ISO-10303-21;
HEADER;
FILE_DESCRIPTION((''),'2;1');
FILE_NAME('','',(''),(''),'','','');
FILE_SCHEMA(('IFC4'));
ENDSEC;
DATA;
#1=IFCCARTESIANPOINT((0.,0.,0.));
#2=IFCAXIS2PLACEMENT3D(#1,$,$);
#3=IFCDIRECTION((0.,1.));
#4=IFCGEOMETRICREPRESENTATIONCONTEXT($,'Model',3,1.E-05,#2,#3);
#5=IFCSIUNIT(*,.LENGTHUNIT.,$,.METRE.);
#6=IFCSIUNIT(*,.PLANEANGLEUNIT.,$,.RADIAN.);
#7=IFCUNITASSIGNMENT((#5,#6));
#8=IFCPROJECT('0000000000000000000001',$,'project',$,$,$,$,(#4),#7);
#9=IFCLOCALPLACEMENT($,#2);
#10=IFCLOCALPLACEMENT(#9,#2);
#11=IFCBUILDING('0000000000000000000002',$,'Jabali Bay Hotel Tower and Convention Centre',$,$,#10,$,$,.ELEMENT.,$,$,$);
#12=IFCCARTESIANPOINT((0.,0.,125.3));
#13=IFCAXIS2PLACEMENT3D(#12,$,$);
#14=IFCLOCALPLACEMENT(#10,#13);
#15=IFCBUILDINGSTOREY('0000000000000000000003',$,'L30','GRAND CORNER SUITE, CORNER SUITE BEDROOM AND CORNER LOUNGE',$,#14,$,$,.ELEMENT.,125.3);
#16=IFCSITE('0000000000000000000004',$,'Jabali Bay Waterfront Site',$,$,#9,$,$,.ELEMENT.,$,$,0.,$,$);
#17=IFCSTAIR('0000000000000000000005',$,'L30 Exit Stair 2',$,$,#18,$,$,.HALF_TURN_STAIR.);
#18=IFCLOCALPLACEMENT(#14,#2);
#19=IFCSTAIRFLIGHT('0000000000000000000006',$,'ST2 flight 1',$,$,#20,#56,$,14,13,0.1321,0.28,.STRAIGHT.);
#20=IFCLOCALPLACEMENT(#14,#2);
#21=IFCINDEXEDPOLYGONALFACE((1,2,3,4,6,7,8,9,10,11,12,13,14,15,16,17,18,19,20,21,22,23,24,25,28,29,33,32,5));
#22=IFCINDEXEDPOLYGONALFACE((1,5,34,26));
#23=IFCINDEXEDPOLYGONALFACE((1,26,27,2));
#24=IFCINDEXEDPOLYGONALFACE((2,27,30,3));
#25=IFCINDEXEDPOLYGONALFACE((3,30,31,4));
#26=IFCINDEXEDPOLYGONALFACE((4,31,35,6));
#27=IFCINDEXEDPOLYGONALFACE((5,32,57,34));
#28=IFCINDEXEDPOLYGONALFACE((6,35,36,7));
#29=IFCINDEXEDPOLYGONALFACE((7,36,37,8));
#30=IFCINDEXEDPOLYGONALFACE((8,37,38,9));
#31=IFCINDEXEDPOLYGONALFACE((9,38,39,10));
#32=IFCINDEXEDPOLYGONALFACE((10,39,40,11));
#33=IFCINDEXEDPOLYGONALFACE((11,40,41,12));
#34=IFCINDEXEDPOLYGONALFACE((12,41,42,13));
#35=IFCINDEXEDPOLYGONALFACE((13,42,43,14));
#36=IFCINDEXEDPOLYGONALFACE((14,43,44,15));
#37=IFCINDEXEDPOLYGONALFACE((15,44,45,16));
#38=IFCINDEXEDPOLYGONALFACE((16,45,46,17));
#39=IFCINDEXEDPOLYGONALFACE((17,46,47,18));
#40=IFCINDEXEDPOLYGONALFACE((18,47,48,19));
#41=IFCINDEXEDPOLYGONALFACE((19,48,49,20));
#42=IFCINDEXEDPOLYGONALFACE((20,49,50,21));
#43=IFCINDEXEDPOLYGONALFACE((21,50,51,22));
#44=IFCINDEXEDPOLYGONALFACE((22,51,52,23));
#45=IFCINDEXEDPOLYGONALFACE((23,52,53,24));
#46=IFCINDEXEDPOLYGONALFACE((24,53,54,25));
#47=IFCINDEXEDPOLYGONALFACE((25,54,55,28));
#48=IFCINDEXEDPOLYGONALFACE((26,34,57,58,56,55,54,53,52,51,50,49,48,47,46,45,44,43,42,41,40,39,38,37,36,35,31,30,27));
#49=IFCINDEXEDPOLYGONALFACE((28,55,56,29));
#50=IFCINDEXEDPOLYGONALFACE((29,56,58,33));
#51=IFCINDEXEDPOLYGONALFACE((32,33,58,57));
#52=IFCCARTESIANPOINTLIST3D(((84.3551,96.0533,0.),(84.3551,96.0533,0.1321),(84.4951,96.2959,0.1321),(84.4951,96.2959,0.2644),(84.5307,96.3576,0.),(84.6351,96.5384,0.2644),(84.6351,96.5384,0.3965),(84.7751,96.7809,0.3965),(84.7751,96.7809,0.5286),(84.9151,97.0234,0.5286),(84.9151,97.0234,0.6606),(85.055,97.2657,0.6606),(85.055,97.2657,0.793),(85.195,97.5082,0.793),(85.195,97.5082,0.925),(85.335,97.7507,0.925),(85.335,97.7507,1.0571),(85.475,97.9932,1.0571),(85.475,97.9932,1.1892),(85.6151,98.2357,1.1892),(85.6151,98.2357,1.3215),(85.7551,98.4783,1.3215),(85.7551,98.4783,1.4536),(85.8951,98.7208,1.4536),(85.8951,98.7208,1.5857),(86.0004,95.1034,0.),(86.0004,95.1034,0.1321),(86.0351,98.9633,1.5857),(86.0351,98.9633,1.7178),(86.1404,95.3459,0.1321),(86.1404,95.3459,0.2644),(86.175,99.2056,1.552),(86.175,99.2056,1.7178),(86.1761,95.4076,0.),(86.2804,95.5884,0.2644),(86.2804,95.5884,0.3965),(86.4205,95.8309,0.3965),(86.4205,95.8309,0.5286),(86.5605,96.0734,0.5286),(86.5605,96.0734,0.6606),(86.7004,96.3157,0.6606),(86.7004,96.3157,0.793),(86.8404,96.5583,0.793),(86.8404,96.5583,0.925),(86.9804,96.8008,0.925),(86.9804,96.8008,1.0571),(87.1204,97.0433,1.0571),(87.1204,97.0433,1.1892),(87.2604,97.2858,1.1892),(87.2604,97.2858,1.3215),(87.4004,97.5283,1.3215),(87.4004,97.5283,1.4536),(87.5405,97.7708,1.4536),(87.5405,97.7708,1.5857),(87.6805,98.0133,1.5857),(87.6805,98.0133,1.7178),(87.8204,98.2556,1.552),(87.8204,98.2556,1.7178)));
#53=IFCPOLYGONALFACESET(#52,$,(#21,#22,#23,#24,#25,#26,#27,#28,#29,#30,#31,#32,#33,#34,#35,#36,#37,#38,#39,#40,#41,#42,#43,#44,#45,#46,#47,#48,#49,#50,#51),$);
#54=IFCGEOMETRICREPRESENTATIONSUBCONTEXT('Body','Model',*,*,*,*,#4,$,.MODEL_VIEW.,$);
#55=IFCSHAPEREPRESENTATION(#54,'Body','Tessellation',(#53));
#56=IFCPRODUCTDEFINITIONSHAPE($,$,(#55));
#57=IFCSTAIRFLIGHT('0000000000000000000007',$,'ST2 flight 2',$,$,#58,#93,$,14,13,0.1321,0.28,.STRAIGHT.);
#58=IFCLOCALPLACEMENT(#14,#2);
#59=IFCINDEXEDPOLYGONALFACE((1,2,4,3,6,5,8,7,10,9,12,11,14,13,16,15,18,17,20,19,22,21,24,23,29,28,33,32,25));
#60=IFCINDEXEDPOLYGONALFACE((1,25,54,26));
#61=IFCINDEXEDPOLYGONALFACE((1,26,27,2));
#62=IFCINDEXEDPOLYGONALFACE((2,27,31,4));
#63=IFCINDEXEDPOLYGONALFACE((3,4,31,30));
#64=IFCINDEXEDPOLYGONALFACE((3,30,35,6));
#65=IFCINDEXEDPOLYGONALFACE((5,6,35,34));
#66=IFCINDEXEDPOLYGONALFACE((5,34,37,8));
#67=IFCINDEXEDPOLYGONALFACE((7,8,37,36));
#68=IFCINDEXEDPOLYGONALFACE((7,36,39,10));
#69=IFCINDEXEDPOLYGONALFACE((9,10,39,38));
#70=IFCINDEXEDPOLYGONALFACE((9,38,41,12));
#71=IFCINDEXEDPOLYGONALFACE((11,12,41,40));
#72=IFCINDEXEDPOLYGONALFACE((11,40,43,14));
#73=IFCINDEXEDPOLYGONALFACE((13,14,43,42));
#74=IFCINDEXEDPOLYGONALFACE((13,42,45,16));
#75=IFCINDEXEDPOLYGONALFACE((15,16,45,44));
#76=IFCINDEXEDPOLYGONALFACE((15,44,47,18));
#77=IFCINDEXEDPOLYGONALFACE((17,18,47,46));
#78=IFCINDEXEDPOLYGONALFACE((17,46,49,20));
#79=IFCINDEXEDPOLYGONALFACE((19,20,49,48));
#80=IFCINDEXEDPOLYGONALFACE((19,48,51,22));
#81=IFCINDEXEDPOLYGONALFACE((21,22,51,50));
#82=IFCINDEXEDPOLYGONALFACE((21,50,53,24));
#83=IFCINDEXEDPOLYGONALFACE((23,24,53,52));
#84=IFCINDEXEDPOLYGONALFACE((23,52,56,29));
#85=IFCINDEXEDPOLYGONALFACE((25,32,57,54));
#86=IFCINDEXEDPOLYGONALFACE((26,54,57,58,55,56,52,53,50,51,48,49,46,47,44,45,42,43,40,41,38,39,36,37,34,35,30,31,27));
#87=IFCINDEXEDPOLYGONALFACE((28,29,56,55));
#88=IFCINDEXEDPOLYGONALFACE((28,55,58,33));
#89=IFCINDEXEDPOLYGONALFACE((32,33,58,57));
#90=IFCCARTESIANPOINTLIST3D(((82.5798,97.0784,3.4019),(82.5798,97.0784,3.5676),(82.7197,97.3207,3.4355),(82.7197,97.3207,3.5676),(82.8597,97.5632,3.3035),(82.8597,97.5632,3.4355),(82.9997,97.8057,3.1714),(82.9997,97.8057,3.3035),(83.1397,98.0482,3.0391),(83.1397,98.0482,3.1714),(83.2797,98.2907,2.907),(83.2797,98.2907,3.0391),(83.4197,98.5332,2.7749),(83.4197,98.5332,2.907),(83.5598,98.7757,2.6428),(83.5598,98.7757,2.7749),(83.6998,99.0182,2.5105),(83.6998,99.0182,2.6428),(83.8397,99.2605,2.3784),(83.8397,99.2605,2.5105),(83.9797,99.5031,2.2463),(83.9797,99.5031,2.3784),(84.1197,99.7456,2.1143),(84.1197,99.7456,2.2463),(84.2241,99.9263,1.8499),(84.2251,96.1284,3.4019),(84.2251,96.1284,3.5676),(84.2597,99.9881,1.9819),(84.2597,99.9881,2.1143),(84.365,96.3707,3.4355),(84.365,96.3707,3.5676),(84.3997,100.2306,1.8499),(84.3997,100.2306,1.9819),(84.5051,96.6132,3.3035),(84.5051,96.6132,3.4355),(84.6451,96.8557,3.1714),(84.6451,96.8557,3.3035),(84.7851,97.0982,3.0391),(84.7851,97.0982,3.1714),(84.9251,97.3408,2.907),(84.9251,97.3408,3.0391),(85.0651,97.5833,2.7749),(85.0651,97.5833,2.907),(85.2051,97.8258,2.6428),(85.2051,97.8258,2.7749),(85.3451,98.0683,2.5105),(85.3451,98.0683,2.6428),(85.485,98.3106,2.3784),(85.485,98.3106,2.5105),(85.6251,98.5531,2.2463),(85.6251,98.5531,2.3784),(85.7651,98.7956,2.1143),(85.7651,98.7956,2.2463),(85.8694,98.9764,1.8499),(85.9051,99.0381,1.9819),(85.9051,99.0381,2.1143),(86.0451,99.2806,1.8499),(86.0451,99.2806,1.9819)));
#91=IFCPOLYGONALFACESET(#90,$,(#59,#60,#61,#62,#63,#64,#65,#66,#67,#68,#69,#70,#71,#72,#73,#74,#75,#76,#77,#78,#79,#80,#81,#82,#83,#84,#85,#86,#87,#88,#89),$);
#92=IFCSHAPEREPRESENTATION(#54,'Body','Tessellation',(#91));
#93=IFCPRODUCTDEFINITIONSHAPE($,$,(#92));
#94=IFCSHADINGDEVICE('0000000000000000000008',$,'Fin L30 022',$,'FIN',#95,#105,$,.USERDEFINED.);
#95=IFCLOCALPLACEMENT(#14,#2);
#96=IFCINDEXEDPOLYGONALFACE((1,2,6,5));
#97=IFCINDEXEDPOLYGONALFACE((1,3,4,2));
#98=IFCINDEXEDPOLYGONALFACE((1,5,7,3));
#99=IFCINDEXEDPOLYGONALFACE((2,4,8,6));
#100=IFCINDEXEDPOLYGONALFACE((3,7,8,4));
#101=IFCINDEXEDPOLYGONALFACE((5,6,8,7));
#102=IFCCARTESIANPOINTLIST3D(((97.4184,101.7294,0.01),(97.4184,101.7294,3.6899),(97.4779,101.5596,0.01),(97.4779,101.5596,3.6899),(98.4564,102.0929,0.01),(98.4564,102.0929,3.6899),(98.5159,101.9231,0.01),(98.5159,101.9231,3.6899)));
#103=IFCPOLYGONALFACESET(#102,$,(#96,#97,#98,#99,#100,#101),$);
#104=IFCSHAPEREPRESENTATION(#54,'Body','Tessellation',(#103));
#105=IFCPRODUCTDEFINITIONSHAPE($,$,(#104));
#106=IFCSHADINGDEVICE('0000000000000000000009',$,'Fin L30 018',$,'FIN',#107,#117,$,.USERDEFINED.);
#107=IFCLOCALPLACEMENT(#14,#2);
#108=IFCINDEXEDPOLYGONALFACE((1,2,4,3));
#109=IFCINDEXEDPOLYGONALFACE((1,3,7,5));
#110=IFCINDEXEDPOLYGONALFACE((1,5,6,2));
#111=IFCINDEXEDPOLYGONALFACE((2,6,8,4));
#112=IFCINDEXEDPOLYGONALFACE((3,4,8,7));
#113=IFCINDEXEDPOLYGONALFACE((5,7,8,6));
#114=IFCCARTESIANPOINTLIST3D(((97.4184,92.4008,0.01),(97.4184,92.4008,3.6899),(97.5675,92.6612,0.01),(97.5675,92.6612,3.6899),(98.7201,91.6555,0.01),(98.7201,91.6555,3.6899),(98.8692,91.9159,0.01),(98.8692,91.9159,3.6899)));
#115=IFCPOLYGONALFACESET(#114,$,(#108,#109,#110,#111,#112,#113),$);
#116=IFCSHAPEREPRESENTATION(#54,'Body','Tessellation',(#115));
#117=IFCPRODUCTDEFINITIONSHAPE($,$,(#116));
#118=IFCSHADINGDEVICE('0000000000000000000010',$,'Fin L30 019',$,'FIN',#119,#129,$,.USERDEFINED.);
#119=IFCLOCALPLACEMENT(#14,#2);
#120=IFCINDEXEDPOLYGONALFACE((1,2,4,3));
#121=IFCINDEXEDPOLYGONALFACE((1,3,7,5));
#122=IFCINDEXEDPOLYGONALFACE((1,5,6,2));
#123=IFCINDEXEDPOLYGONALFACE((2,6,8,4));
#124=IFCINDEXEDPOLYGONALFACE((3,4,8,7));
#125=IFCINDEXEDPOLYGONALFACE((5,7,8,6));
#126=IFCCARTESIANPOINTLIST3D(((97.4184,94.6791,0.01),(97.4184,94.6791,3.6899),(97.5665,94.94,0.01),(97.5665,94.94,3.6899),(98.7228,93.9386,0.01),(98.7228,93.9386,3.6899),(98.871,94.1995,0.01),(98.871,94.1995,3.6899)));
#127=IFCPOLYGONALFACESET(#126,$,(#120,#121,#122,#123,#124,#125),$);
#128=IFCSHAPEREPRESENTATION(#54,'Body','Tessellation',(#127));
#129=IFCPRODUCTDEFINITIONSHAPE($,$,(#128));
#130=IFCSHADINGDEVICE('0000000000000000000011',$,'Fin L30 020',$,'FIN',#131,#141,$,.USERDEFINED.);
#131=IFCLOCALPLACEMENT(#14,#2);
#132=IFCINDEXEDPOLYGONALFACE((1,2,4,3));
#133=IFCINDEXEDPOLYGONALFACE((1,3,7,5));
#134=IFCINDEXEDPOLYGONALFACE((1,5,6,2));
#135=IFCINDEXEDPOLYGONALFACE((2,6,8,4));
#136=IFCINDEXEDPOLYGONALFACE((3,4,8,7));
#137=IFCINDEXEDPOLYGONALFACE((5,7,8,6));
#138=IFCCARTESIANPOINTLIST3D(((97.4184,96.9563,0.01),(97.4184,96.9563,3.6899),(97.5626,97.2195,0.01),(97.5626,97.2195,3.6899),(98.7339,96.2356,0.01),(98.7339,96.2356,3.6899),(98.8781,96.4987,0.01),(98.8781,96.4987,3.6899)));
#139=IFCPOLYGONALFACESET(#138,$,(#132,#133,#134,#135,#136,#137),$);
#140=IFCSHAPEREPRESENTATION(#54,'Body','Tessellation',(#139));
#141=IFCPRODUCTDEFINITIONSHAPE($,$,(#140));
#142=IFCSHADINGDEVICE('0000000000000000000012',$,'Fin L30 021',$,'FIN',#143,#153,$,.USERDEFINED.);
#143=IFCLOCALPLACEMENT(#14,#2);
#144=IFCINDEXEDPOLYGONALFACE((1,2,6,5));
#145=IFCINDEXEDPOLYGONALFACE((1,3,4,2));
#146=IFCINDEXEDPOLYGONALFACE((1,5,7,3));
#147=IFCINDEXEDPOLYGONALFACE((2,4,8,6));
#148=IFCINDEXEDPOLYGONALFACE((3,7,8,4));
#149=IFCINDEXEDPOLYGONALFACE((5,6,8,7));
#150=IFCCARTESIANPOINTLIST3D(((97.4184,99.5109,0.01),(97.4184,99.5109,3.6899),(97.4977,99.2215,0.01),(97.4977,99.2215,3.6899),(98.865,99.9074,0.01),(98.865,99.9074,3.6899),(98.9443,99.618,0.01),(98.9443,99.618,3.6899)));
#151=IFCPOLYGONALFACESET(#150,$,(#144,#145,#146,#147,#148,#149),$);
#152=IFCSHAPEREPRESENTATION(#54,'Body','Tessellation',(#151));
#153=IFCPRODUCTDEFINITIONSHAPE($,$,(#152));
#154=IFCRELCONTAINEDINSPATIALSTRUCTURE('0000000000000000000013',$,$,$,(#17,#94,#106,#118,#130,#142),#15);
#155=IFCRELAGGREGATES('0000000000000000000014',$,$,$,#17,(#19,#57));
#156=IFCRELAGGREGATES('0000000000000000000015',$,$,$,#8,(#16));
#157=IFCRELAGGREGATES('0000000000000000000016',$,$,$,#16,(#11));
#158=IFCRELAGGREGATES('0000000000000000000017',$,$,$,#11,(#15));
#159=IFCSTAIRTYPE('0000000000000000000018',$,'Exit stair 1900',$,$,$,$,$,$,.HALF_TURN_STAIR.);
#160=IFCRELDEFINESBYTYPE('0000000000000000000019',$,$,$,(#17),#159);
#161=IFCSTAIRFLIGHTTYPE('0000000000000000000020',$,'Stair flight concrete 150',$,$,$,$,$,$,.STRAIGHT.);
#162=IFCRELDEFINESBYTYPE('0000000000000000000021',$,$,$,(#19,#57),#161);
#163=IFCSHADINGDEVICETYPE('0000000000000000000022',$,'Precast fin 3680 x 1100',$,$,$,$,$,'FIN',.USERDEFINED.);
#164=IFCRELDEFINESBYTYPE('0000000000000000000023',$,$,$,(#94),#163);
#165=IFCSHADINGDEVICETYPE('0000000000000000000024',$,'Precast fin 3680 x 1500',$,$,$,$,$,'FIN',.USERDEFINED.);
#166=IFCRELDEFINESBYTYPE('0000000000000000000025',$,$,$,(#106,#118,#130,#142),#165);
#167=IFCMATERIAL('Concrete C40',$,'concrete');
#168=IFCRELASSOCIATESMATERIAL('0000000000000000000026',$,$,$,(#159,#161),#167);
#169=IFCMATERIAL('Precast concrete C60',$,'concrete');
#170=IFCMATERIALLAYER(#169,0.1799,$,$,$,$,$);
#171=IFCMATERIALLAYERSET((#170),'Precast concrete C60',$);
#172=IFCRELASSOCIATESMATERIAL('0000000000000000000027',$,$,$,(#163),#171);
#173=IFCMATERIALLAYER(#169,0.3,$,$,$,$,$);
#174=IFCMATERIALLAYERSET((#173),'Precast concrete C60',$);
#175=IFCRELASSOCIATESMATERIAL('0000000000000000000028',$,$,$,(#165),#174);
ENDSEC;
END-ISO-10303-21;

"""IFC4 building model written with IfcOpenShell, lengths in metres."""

from ifc_helpers import new_model, si_unit, direction, frame, frame_2d, origin, place, context, subcontext, project, spatial, polyline, rectangle, outline, extrude, material, layer, layer_set, type_object, element, aggregate, save


model = new_model("IFC4")

# Units and contexts
model_context = context("Model", 3, precision=1e-05, world=origin(), true_north=direction((0.0, 1.0)))
body_context = subcontext(model_context, "Body", "Model", "MODEL_VIEW")
ifc_project = project(units=[si_unit("LENGTHUNIT", "METRE"), si_unit("PLANEANGLEUNIT", "RADIAN")], contexts=[model_context])

# Site, building, storey
site_placement = place(None, origin())
site = spatial("IfcSite", under=ifc_project, at=site_placement, Name="Jabali Bay Waterfront Site", CompositionType="ELEMENT", RefElevation=0.0)
building_placement = place(site_placement, origin())
building = spatial("IfcBuilding", under=site, at=building_placement, Name="Jabali Bay Hotel Tower and Convention Centre", CompositionType="ELEMENT")
storey_placement = place(building_placement, frame((0.0, 0.0, 125.3)))
storey = spatial("IfcBuildingStorey", under=building, at=storey_placement, Name="L30", Description="GRAND CORNER SUITE, CORNER SUITE BEDROOM AND CORNER LOUNGE", CompositionType="ELEMENT", Elevation=125.3)

# Shared definitions
ifc_material_1 = material(Name="Concrete C40", Category="concrete")

# Stair, stair flights
stair_type = type_object("IfcStairType", Name="Exit stair 1900", PredefinedType="HALF_TURN_STAIR", material=ifc_material_1)
stair_placement = place(storey_placement, origin())
stair = element("IfcStair", 1, at=stair_placement, inside=storey, type_object=stair_type, Name="L30 Exit Stair 2", PredefinedType="HALF_TURN_STAIR")
stair_flight_type = type_object("IfcStairFlightType", Name="Stair flight concrete 150", PredefinedType="STRAIGHT", material=ifc_material_1)
stair_flight_1_placement = place(storey_placement, frame((85.1777, 95.5784, 0.0), z_axis=(0.0, 0.0, 1.0), x_axis=(0.5, 0.866025, 0.0)))
stair_flight_1 = element("IfcStairFlight", 2, at=stair_flight_1_placement, type_object=stair_flight_type, Name="ST2 flight 1", NumberOfRisers=14, NumberOfTreads=13, PredefinedType="STRAIGHT", RiserHeight=0.1321, TreadLength=0.28, context=body_context, shape_type="SweptSolid", body=[
    extrude(outline(polyline([(0.0, 0.0), (0.0, 0.1321), (0.28, 0.1321), (0.28, 0.2644), (0.5601, 0.2644), (0.5601, 0.3965), (0.8401, 0.3965), (0.8401, 0.5286), (1.1201, 0.5286), (1.1201, 0.6606), (1.3999, 0.6606), (1.3999, 0.793), (1.6799, 0.793), (1.6799, 0.925), (1.96, 0.925), (1.96, 1.0571), (2.24, 1.0571), (2.24, 1.1892), (2.52, 1.1892), (2.52, 1.3215), (2.8, 1.3215), (2.8, 1.4536), (3.0801, 1.4536), (3.0801, 1.5857), (3.3601, 1.5857), (3.3601, 1.7178), (3.6399, 1.7178), (3.6399, 1.8501), (3.6399, 1.552), (0.3513, 0.0), (0.0, 0.0)])), frame((0.0, 0.95, 0.0), z_axis=(0.0, -1.0, 0.0), x_axis=(1.0, 0.0, 0.0)), (0.0, 0.0, 1.0), 1.8999),
])
stair_flight_2_placement = place(storey_placement, frame((85.2224, 99.7556, 1.8499), z_axis=(0.0, 0.0, 1.0), x_axis=(-0.5, -0.866025, 0.0)))
stair_flight_2 = element("IfcStairFlight", 3, at=stair_flight_2_placement, type_object=stair_flight_type, Name="ST2 flight 2", NumberOfRisers=14, NumberOfTreads=13, PredefinedType="STRAIGHT", RiserHeight=0.1321, TreadLength=0.28, context=body_context, shape_type="SweptSolid", body=[
    extrude(outline(polyline([(0.0, 0.0), (0.0, 0.1321), (0.28, 0.1321), (0.28, 0.2644), (0.5601, 0.2644), (0.5601, 0.3965), (0.8401, 0.3965), (0.8401, 0.5286), (1.1201, 0.5286), (1.1201, 0.6606), (1.3999, 0.6606), (1.3999, 0.793), (1.6799, 0.793), (1.6799, 0.925), (1.96, 0.925), (1.96, 1.0571), (2.24, 1.0571), (2.24, 1.1892), (2.52, 1.1892), (2.52, 1.3215), (2.8, 1.3215), (2.8, 1.4536), (3.0801, 1.4536), (3.0801, 1.5857), (3.3601, 1.5857), (3.3601, 1.7178), (3.6399, 1.7178), (3.6399, 1.8501), (3.6399, 1.552), (0.3513, 0.0), (0.0, 0.0)])), frame((0.0, 0.95, 0.0), z_axis=(0.0, -1.0, 0.0), x_axis=(1.0, 0.0, 0.0)), (0.0, 0.0, 1.0), 1.8999),
])
aggregate(stair, [stair_flight_1, stair_flight_2])

# Shading devices
ifc_material_2 = material(Name="Precast concrete C60", Category="concrete")
ifc_layer_1 = layer(ifc_material_2, 0.1799)
ifc_layer_set_1 = layer_set([ifc_layer_1], Name="Precast concrete C60")
shading_device_type_1 = type_object("IfcShadingDeviceType", Name="Precast fin 3680 x 1100", ElementType="FIN", PredefinedType="USERDEFINED", material=ifc_layer_set_1)
shading_device_placement = place(storey_placement, frame((97.4482, 101.6445, 0.01), z_axis=(0.0, 0.0, 1.0), x_axis=(0.943803, 0.330509, 0.0)))
element("IfcShadingDevice", 4, at=shading_device_placement, inside=storey, type_object=shading_device_type_1, Name="Fin L30 022", ObjectType="FIN", PredefinedType="USERDEFINED", context=body_context, shape_type="SweptSolid", body=[
    extrude(rectangle(XDim=1.0999, YDim=0.1799, at=frame_2d((0.5498, 0.0))), origin(), (0.0, 0.0, 1.0), 3.6799),
])
ifc_layer_2 = layer(ifc_material_2, 0.3)
ifc_layer_set_2 = layer_set([ifc_layer_2], Name="Precast concrete C60")
shading_device_type_2 = type_object("IfcShadingDeviceType", Name="Precast fin 3680 x 1500", ElementType="FIN", PredefinedType="USERDEFINED", material=ifc_layer_set_2)
for number, where, z_axis, x_axis, name in (
    (5, (97.4929, 92.531, 0.01), (0.0, 0.0, 1.0), (0.867812, -0.496892, 0.0), "Fin L30 018"),
    (6, (97.4924, 94.8096, 0.01), (0.0, 0.0, 1.0), (0.869652, -0.493665, 0.0), "Fin L30 019"),
    (7, (97.4905, 97.0879, 0.01), (0.0, 0.0, 1.0), (0.876998, -0.480493, 0.0), "Fin L30 020"),
    (8, (97.458, 99.3662, 0.01), (0.0, 0.0, 1.0), (0.96444, 0.264302, 0.0), "Fin L30 021"),
):
    element("IfcShadingDevice", number, at=place(storey_placement, frame(where, z_axis=z_axis, x_axis=x_axis)), inside=storey, type_object=shading_device_type_2, Name=name, ObjectType="FIN", PredefinedType="USERDEFINED", context=body_context, shape_type="SweptSolid", body=[
        extrude(rectangle(XDim=1.5, YDim=0.3, at=frame_2d((0.75, 0.0))), origin(), (0.0, 0.0, 1.0), 3.6799),
    ])

save(model, "model.ifc")
